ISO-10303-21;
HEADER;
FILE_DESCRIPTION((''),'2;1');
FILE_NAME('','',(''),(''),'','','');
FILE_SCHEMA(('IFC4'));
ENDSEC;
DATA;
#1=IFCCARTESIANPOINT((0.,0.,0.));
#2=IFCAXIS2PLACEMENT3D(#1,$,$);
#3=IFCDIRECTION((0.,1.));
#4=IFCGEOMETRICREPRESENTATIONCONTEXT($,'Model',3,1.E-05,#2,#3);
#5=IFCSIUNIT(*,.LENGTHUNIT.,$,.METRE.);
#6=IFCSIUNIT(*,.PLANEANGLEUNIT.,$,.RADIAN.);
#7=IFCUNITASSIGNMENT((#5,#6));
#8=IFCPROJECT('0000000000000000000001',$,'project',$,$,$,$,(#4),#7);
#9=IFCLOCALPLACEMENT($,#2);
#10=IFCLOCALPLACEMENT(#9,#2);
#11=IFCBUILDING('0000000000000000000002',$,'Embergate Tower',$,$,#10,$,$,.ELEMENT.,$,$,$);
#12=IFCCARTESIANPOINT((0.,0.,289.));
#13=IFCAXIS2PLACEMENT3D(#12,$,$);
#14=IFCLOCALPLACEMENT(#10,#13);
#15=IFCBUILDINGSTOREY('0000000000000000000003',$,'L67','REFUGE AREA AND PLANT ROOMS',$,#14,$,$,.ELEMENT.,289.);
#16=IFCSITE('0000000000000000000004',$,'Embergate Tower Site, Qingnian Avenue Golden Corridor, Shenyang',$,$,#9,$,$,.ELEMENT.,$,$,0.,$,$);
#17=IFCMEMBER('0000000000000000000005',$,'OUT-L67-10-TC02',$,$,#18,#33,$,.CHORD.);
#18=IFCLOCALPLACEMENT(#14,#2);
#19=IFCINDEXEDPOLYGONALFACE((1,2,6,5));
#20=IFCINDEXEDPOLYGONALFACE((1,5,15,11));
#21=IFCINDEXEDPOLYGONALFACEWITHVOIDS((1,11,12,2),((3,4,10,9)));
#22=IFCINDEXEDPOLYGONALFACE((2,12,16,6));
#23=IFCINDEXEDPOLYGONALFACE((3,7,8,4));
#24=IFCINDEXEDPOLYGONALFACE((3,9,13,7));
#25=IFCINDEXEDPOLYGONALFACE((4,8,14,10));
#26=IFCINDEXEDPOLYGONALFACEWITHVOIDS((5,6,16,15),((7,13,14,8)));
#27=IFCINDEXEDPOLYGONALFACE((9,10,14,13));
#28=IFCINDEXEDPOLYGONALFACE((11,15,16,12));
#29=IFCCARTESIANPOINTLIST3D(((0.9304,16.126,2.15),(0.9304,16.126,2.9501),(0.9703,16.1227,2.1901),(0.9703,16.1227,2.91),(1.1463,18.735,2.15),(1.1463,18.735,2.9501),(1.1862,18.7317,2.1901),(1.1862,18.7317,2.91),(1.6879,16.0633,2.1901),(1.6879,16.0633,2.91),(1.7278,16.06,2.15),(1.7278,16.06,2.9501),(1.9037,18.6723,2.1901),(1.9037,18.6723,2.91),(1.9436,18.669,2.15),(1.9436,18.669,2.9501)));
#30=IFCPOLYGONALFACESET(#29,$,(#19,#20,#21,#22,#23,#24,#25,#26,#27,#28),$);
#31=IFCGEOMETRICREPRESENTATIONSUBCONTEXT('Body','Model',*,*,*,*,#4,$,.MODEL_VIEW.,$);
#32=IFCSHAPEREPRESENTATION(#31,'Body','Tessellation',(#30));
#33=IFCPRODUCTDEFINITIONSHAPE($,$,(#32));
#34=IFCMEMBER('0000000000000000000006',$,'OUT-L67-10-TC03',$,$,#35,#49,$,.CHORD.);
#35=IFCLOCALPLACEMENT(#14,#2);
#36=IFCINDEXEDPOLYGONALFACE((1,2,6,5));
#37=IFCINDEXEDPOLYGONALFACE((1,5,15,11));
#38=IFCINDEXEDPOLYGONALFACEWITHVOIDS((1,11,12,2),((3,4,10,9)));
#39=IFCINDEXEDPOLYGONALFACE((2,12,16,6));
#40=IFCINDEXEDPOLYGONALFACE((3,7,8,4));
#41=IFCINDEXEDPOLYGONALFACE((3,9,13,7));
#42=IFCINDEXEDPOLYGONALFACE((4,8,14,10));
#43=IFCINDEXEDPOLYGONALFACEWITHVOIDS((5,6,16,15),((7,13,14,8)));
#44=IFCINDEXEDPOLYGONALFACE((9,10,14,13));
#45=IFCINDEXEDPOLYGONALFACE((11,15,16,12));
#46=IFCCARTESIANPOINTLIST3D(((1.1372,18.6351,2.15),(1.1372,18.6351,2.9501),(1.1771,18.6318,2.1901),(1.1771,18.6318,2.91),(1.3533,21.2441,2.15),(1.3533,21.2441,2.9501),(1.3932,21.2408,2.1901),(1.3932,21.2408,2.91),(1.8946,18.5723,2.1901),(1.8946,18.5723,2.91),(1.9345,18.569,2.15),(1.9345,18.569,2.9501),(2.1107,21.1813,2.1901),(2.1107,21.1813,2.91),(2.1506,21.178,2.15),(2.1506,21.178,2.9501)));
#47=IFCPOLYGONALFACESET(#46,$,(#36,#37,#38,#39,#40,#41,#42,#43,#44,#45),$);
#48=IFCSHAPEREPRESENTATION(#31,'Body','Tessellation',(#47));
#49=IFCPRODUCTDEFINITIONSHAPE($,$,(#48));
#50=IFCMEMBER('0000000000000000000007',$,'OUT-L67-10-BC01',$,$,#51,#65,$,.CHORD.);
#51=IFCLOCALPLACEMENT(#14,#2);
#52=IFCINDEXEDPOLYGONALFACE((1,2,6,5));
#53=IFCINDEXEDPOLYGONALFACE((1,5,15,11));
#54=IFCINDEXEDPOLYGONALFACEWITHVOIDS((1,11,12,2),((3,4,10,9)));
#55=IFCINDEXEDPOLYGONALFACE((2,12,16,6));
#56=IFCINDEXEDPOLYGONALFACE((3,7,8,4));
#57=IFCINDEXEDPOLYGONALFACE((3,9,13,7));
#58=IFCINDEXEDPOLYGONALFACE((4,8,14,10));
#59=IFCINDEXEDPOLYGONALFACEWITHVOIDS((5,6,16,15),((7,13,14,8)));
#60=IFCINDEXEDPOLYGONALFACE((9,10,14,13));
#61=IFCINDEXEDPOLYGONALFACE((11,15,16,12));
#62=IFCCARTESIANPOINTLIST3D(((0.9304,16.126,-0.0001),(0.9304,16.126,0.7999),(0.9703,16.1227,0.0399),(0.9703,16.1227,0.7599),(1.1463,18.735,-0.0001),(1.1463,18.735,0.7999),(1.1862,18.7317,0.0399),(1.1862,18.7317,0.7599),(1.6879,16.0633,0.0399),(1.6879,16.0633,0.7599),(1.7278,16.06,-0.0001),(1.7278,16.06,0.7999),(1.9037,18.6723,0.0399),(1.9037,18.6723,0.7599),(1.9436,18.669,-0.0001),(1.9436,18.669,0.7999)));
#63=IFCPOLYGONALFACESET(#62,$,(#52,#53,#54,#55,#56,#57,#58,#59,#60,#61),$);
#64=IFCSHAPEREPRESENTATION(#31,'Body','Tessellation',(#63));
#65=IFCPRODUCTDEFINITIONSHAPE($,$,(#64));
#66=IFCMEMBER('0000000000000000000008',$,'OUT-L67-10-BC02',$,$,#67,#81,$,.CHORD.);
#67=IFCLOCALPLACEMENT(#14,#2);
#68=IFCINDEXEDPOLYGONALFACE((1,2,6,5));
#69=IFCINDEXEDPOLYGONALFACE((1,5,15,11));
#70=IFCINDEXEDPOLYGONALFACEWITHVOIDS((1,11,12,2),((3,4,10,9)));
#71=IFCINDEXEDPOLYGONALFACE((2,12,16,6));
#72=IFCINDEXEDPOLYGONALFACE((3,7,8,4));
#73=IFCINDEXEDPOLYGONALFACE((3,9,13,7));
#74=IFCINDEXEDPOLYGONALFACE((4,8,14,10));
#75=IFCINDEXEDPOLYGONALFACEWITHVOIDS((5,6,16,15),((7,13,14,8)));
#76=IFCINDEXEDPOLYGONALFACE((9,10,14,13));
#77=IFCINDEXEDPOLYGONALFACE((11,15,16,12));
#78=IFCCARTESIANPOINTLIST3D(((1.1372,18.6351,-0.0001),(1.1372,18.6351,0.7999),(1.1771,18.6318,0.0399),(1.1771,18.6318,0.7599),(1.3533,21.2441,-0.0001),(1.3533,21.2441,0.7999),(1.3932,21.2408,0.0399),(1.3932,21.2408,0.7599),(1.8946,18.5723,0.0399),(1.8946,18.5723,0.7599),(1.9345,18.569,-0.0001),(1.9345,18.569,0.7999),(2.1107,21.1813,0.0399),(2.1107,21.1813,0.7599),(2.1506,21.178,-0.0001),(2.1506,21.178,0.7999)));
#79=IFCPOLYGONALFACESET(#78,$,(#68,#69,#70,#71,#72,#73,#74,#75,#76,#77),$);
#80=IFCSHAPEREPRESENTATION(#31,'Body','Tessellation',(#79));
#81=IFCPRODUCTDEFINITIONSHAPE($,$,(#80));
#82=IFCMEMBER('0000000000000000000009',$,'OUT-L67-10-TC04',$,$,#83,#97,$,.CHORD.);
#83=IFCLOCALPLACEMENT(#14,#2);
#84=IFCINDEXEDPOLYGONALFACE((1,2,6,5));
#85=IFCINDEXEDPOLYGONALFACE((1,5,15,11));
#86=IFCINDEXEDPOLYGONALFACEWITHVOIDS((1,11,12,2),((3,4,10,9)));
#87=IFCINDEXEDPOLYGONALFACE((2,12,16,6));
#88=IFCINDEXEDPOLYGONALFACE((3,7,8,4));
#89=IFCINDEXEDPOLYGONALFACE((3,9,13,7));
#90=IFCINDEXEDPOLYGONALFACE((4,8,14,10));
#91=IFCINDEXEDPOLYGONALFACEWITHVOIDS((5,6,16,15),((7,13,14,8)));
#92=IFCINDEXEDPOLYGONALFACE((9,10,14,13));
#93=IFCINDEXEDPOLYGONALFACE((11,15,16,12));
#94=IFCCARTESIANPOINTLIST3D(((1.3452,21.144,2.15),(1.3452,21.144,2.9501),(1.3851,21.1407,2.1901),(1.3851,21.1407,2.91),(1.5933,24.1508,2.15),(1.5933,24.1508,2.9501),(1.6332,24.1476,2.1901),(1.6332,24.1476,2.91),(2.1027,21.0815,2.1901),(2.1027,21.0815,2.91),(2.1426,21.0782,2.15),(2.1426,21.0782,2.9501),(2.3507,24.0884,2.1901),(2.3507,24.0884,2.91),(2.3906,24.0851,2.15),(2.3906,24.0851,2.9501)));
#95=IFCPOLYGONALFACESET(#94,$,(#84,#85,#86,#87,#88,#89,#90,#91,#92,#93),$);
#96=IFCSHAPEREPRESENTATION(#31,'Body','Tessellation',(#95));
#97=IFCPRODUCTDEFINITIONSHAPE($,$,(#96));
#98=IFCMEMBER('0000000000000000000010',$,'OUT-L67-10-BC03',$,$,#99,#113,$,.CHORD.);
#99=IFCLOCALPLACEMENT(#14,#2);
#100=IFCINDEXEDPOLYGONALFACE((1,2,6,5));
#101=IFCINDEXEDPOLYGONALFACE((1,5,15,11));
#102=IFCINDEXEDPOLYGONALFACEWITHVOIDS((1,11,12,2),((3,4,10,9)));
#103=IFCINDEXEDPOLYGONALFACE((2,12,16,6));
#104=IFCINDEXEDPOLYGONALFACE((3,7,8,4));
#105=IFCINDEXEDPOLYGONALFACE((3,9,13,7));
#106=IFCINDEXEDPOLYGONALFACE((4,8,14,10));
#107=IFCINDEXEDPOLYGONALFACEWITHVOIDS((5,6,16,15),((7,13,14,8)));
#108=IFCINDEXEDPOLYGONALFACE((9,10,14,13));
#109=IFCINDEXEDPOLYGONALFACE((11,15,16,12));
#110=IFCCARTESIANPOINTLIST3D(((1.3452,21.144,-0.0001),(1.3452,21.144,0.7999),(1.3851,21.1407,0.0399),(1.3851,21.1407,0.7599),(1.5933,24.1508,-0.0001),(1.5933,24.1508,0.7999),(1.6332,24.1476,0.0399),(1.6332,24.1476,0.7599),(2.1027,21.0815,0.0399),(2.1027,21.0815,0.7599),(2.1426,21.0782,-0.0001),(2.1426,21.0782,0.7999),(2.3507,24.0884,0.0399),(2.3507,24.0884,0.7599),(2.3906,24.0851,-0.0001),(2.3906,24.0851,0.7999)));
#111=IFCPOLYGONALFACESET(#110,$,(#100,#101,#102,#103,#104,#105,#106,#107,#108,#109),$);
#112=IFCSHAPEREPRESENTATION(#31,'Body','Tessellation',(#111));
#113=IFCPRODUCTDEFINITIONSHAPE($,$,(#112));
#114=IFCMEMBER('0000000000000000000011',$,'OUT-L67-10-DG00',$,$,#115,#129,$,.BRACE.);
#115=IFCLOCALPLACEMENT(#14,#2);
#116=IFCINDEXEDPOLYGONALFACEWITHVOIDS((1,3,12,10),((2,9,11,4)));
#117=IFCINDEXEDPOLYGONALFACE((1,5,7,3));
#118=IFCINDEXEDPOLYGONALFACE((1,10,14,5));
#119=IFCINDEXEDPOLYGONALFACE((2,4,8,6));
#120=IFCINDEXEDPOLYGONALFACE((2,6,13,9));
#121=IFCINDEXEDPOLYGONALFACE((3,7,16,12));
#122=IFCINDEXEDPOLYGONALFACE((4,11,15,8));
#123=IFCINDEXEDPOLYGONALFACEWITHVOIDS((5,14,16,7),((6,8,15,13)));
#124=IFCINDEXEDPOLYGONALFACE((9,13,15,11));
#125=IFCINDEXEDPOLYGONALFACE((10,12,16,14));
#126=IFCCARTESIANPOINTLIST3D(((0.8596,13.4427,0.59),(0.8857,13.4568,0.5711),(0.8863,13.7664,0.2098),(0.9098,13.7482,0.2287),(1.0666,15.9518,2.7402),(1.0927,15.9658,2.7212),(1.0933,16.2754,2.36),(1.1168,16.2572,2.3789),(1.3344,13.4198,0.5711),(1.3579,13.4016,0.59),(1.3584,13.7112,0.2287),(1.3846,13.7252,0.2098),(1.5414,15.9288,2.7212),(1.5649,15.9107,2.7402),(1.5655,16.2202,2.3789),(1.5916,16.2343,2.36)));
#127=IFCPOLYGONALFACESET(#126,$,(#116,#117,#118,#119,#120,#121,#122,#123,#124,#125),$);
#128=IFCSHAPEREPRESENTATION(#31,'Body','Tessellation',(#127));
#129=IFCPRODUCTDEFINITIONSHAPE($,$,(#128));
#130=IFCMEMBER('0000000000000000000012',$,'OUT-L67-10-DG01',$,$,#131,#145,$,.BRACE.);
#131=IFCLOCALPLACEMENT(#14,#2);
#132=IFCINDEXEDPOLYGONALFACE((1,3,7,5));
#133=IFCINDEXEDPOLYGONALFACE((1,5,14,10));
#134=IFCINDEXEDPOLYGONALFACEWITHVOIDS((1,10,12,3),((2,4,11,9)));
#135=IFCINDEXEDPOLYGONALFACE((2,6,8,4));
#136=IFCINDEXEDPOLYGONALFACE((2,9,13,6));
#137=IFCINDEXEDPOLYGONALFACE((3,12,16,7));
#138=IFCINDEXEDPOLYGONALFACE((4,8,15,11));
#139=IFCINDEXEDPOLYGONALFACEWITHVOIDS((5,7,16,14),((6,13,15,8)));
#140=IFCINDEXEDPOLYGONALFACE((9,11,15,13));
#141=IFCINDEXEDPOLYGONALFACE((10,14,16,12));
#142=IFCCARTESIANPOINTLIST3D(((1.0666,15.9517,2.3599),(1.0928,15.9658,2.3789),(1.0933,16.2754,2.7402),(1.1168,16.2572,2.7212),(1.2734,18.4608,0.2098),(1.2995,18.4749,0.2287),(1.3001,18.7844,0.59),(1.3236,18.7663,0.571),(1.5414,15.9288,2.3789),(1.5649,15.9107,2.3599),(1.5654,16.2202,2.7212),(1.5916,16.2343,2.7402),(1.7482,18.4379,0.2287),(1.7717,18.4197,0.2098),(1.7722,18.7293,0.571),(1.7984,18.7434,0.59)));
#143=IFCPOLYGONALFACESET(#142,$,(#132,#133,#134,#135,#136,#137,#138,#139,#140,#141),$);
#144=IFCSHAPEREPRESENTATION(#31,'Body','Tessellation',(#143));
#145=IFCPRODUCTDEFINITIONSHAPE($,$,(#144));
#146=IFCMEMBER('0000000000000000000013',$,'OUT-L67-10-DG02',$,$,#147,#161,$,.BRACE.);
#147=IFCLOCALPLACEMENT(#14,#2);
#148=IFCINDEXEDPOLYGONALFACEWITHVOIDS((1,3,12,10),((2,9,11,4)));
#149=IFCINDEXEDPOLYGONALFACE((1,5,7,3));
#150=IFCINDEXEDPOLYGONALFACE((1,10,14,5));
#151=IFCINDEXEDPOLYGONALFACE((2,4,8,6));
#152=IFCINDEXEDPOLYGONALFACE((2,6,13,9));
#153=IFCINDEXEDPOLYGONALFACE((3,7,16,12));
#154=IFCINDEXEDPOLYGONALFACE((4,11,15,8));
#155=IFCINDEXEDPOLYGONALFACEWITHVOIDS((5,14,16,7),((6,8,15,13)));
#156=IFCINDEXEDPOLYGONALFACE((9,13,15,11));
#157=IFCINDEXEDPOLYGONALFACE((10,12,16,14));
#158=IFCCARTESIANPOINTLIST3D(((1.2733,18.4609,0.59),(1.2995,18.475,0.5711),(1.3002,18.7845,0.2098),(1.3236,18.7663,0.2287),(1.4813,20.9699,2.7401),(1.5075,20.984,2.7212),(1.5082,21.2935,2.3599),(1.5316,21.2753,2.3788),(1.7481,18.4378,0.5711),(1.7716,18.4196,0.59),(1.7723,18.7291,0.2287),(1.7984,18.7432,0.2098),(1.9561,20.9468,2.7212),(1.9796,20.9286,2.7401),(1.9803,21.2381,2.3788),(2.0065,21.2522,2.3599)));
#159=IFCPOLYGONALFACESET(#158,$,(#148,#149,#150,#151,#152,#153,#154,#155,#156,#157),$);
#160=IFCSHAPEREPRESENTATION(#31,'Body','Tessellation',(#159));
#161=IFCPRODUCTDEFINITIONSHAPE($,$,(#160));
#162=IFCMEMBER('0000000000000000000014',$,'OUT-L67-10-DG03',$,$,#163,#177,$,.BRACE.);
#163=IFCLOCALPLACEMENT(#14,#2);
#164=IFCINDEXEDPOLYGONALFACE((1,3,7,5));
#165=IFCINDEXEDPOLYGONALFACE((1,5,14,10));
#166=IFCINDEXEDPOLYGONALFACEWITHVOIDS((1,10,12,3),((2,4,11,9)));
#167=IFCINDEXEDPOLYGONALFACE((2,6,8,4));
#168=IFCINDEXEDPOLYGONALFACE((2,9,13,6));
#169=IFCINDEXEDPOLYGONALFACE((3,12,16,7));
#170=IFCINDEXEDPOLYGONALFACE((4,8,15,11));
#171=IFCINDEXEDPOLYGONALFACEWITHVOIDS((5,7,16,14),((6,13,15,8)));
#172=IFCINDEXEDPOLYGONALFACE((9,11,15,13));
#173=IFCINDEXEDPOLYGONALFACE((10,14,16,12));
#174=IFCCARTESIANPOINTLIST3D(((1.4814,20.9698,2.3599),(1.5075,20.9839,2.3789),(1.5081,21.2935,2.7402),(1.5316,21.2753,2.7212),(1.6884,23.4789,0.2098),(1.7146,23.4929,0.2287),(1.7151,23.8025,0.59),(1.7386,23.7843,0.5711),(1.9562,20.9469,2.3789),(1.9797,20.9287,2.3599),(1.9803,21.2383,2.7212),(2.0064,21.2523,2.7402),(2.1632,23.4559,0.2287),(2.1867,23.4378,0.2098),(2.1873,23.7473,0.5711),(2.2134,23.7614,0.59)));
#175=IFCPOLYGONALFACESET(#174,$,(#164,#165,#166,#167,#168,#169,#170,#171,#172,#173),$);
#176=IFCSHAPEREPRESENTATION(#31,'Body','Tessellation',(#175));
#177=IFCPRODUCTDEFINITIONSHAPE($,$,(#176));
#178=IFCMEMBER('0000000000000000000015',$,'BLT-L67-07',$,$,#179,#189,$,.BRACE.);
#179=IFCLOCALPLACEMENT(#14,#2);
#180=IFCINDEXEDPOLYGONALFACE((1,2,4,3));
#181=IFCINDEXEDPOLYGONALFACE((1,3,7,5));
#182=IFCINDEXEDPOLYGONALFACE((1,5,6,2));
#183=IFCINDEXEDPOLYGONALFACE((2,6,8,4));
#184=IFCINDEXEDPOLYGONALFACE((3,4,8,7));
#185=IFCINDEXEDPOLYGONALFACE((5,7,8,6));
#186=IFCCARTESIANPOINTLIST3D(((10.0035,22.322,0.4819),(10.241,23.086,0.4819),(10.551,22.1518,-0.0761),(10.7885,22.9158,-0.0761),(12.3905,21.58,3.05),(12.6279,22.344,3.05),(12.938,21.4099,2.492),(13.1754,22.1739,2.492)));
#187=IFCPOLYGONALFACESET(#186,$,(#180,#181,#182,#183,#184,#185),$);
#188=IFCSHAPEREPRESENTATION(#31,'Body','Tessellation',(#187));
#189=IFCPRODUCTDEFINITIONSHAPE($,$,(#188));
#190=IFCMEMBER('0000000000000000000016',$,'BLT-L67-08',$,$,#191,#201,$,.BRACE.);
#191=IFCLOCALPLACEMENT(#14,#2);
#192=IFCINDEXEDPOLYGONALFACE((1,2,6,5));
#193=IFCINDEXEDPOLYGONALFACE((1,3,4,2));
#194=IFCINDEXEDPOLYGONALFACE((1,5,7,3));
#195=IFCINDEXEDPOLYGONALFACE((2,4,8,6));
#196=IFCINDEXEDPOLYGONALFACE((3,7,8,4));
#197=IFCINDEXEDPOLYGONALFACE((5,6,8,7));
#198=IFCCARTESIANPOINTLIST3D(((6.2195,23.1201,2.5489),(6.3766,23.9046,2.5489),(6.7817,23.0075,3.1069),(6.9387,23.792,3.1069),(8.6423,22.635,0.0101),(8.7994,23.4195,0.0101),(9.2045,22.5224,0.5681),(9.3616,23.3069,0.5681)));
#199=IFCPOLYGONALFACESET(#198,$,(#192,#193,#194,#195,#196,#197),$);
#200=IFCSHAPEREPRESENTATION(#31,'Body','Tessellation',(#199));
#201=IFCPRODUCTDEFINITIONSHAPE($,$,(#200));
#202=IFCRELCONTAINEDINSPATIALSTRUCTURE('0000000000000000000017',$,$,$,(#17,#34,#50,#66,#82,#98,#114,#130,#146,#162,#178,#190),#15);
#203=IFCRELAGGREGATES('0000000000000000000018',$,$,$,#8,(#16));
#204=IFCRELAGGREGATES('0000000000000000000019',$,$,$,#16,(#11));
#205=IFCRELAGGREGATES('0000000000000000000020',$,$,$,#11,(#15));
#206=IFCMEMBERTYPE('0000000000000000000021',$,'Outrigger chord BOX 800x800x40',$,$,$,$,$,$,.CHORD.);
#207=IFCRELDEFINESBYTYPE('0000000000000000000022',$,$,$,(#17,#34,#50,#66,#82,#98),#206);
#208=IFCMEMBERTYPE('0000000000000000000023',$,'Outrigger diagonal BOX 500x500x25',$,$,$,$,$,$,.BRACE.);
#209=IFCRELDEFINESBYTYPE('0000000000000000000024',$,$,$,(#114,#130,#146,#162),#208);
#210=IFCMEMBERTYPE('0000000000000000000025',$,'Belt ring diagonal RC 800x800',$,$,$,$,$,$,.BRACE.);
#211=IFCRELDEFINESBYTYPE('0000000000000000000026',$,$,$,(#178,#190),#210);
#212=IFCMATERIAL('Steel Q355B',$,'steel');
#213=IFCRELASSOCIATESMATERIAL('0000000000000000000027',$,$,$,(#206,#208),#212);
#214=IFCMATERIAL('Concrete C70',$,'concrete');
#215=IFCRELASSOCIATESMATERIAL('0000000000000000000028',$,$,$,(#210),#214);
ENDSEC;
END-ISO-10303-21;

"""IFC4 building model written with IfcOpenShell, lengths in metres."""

from ifc_helpers import new_model, si_unit, direction, frame, origin, origin_2d, place, context, subcontext, project, spatial, rectangle, hollow_rectangle, extrude, source, transform, mapped, material, material_profile, profile_set, type_object, element, save


model = new_model("IFC4")

# Units and contexts
model_context = context("Model", 3, precision=1e-05, world=origin(), true_north=direction((0.0, 1.0)))
body_context = subcontext(model_context, "Body", "Model", "MODEL_VIEW")
ifc_project = project(units=[si_unit("LENGTHUNIT", "METRE"), si_unit("PLANEANGLEUNIT", "RADIAN")], contexts=[model_context])

# Site, building, storey
site_placement = place(None, origin())
site = spatial("IfcSite", under=ifc_project, at=site_placement, Name="Embergate Tower Site, Qingnian Avenue Golden Corridor, Shenyang", CompositionType="ELEMENT", RefElevation=0.0)
building_placement = place(site_placement, origin())
building = spatial("IfcBuilding", under=site, at=building_placement, Name="Embergate Tower", CompositionType="ELEMENT")
storey_placement = place(building_placement, frame((0.0, 0.0, 289.0)))
storey = spatial("IfcBuildingStorey", under=building, at=storey_placement, Name="L67", Description="REFUGE AREA AND PLANT ROOMS", CompositionType="ELEMENT", Elevation=289.0)

# Shared definitions
ifc_material_1 = material(Name="Steel Q355B", Category="steel")

# Members
ifc_material_profile_1 = material_profile(ifc_material_1, hollow_rectangle(XDim=0.8, YDim=0.8, WallThickness=0.04, at=origin_2d()), Name="BOX 800x800x40")
ifc_profile_set_1 = profile_set([ifc_material_profile_1], Name="Steel Q355 grade B")
member_type_1 = type_object("IfcMemberType", Name="Outrigger chord BOX 800x800x40", PredefinedType="CHORD", material=ifc_profile_set_1)
ifc_material_profile_2 = material_profile(ifc_material_1, hollow_rectangle(XDim=0.5, YDim=0.5, WallThickness=0.0249, at=origin_2d()), Name="BOX 500x500x25")
ifc_profile_set_2 = profile_set([ifc_material_profile_2], Name="Steel Q355 grade B")
member_type_2 = type_object("IfcMemberType", Name="Outrigger diagonal BOX 500x500x25", PredefinedType="BRACE", material=ifc_profile_set_2)
shared_shape_1 = source(origin(), body_context, "Body", "SweptSolid", [
    extrude(hollow_rectangle(XDim=0.8, YDim=0.8, WallThickness=0.04, at=origin_2d()), origin(), (0.0, 0.0, 1.0), 2.6179),
])
for number, where, z_axis, x_axis, name in (
    (1, (1.3291, 16.093, 2.55), (0.082443, 0.996596, 0.0), (-0.996596, 0.082443, 0.0), "OUT-L67-10-TC02"),
    (2, (1.5359, 18.6021, 2.55), (0.082536, 0.996588, 0.0), (-0.996588, 0.082536, 0.0), "OUT-L67-10-TC03"),
    (3, (1.3291, 16.093, 0.3999), (0.082443, 0.996596, 0.0), (-0.996596, 0.082443, 0.0), "OUT-L67-10-BC01"),
    (4, (1.5359, 18.6021, 0.3999), (0.082536, 0.996588, 0.0), (-0.996588, 0.082536, 0.0), "OUT-L67-10-BC02"),
):
    element("IfcMember", number, at=place(storey_placement, frame(where, z_axis=z_axis, x_axis=x_axis)), inside=storey, type_object=member_type_1, Name=name, PredefinedType="CHORD", context=body_context, shape_type="MappedRepresentation", body=[
        mapped(shared_shape_1, transform((0.0, 0.0, 0.0))),
    ])
shared_shape_2 = source(origin(), body_context, "Body", "SweptSolid", [
    extrude(hollow_rectangle(XDim=0.8, YDim=0.8, WallThickness=0.04, at=origin_2d()), origin(), (0.0, 0.0, 1.0), 3.0171),
])
for number, where, z_axis, x_axis, name in (
    (5, (1.7439, 21.1111, 2.55), (0.082215, 0.996615, 0.0), (-0.996615, 0.082215, 0.0), "OUT-L67-10-TC04"),
    (6, (1.7439, 21.1111, 0.3999), (0.082215, 0.996615, 0.0), (-0.996615, 0.082215, 0.0), "OUT-L67-10-BC03"),
):
    element("IfcMember", number, at=place(storey_placement, frame(where, z_axis=z_axis, x_axis=x_axis)), inside=storey, type_object=member_type_1, Name=name, PredefinedType="CHORD", context=body_context, shape_type="MappedRepresentation", body=[
        mapped(shared_shape_2, transform((0.0, 0.0, 0.0))),
    ])
shared_shape_3 = source(origin(), body_context, "Body", "SweptSolid", [
    extrude(hollow_rectangle(XDim=0.5, YDim=0.5, WallThickness=0.0249, at=origin_2d()), origin(), (0.0, 0.0, 1.0), 3.3108),
])
for number, where, z_axis, x_axis, name in (
    (7, (1.1221, 13.584, 0.3999), (0.062533, 0.757838, 0.649439), (-0.996613, 0.082235, 0.0), "OUT-L67-10-DG00"),
    (8, (1.3291, 16.093, 2.55), (0.062459, 0.757842, -0.649442), (-0.996621, 0.082139, 0.0), "OUT-L67-10-DG01"),
    (9, (1.5359, 18.6021, 0.3999), (0.062826, 0.757824, 0.649427), (-0.996581, 0.08262, 0.0), "OUT-L67-10-DG02"),
    (10, (1.7439, 21.1111, 2.55), (0.062533, 0.757838, -0.649439), (-0.996613, 0.082235, 0.0), "OUT-L67-10-DG03"),
):
    element("IfcMember", number, at=place(storey_placement, frame(where, z_axis=z_axis, x_axis=x_axis)), inside=storey, type_object=member_type_2, Name=name, PredefinedType="BRACE", context=body_context, shape_type="MappedRepresentation", body=[
        mapped(shared_shape_3, transform((0.0, 0.0, 0.0))),
    ])
ifc_material_2 = material(Name="Concrete C70", Category="concrete")
ifc_material_profile_3 = material_profile(ifc_material_2, rectangle(XDim=0.8, YDim=0.8, at=origin_2d()), Name="RC 800x800")
ifc_profile_set_3 = profile_set([ifc_material_profile_3], Name="Concrete C70")
member_type_3 = type_object("IfcMemberType", Name="Belt ring diagonal RC 800x800", PredefinedType="BRACE", material=ifc_profile_set_3)
shared_shape_4 = source(origin(), body_context, "Body", "SweptSolid", [
    extrude(rectangle(XDim=0.8, YDim=0.8, at=origin_2d()), origin(), (0.0, 0.0, 1.0), 3.5837),
])
member_1_placement = place(storey_placement, frame((10.396, 22.6189, 0.2029), z_axis=(0.666051, -0.20703, 0.716599), x_axis=(0.296823, 0.954932, 0.0)))
element("IfcMember", 11, at=member_1_placement, inside=storey, type_object=member_type_3, Name="BLT-L67-07", PredefinedType="BRACE", context=body_context, shape_type="MappedRepresentation", body=[
    mapped(shared_shape_4, transform((0.0, 0.0, 0.0))),
])
shared_shape_5 = source(origin(), body_context, "Body", "SweptSolid", [
    extrude(rectangle(XDim=0.8, YDim=0.8, at=origin_2d()), origin(), (0.0, 0.0, 1.0), 3.5427),
])
member_2_placement = place(storey_placement, frame((9.002, 22.9709, 0.2891), z_axis=(-0.683888, 0.136929, 0.716622), x_axis=(-0.196325, -0.980539, 0.0)))
element("IfcMember", 12, at=member_2_placement, inside=storey, type_object=member_type_3, Name="BLT-L67-08", PredefinedType="BRACE", context=body_context, shape_type="MappedRepresentation", body=[
    mapped(shared_shape_5, transform((0.0, 0.0, 0.0))),
])

save(model, "model.ifc")
